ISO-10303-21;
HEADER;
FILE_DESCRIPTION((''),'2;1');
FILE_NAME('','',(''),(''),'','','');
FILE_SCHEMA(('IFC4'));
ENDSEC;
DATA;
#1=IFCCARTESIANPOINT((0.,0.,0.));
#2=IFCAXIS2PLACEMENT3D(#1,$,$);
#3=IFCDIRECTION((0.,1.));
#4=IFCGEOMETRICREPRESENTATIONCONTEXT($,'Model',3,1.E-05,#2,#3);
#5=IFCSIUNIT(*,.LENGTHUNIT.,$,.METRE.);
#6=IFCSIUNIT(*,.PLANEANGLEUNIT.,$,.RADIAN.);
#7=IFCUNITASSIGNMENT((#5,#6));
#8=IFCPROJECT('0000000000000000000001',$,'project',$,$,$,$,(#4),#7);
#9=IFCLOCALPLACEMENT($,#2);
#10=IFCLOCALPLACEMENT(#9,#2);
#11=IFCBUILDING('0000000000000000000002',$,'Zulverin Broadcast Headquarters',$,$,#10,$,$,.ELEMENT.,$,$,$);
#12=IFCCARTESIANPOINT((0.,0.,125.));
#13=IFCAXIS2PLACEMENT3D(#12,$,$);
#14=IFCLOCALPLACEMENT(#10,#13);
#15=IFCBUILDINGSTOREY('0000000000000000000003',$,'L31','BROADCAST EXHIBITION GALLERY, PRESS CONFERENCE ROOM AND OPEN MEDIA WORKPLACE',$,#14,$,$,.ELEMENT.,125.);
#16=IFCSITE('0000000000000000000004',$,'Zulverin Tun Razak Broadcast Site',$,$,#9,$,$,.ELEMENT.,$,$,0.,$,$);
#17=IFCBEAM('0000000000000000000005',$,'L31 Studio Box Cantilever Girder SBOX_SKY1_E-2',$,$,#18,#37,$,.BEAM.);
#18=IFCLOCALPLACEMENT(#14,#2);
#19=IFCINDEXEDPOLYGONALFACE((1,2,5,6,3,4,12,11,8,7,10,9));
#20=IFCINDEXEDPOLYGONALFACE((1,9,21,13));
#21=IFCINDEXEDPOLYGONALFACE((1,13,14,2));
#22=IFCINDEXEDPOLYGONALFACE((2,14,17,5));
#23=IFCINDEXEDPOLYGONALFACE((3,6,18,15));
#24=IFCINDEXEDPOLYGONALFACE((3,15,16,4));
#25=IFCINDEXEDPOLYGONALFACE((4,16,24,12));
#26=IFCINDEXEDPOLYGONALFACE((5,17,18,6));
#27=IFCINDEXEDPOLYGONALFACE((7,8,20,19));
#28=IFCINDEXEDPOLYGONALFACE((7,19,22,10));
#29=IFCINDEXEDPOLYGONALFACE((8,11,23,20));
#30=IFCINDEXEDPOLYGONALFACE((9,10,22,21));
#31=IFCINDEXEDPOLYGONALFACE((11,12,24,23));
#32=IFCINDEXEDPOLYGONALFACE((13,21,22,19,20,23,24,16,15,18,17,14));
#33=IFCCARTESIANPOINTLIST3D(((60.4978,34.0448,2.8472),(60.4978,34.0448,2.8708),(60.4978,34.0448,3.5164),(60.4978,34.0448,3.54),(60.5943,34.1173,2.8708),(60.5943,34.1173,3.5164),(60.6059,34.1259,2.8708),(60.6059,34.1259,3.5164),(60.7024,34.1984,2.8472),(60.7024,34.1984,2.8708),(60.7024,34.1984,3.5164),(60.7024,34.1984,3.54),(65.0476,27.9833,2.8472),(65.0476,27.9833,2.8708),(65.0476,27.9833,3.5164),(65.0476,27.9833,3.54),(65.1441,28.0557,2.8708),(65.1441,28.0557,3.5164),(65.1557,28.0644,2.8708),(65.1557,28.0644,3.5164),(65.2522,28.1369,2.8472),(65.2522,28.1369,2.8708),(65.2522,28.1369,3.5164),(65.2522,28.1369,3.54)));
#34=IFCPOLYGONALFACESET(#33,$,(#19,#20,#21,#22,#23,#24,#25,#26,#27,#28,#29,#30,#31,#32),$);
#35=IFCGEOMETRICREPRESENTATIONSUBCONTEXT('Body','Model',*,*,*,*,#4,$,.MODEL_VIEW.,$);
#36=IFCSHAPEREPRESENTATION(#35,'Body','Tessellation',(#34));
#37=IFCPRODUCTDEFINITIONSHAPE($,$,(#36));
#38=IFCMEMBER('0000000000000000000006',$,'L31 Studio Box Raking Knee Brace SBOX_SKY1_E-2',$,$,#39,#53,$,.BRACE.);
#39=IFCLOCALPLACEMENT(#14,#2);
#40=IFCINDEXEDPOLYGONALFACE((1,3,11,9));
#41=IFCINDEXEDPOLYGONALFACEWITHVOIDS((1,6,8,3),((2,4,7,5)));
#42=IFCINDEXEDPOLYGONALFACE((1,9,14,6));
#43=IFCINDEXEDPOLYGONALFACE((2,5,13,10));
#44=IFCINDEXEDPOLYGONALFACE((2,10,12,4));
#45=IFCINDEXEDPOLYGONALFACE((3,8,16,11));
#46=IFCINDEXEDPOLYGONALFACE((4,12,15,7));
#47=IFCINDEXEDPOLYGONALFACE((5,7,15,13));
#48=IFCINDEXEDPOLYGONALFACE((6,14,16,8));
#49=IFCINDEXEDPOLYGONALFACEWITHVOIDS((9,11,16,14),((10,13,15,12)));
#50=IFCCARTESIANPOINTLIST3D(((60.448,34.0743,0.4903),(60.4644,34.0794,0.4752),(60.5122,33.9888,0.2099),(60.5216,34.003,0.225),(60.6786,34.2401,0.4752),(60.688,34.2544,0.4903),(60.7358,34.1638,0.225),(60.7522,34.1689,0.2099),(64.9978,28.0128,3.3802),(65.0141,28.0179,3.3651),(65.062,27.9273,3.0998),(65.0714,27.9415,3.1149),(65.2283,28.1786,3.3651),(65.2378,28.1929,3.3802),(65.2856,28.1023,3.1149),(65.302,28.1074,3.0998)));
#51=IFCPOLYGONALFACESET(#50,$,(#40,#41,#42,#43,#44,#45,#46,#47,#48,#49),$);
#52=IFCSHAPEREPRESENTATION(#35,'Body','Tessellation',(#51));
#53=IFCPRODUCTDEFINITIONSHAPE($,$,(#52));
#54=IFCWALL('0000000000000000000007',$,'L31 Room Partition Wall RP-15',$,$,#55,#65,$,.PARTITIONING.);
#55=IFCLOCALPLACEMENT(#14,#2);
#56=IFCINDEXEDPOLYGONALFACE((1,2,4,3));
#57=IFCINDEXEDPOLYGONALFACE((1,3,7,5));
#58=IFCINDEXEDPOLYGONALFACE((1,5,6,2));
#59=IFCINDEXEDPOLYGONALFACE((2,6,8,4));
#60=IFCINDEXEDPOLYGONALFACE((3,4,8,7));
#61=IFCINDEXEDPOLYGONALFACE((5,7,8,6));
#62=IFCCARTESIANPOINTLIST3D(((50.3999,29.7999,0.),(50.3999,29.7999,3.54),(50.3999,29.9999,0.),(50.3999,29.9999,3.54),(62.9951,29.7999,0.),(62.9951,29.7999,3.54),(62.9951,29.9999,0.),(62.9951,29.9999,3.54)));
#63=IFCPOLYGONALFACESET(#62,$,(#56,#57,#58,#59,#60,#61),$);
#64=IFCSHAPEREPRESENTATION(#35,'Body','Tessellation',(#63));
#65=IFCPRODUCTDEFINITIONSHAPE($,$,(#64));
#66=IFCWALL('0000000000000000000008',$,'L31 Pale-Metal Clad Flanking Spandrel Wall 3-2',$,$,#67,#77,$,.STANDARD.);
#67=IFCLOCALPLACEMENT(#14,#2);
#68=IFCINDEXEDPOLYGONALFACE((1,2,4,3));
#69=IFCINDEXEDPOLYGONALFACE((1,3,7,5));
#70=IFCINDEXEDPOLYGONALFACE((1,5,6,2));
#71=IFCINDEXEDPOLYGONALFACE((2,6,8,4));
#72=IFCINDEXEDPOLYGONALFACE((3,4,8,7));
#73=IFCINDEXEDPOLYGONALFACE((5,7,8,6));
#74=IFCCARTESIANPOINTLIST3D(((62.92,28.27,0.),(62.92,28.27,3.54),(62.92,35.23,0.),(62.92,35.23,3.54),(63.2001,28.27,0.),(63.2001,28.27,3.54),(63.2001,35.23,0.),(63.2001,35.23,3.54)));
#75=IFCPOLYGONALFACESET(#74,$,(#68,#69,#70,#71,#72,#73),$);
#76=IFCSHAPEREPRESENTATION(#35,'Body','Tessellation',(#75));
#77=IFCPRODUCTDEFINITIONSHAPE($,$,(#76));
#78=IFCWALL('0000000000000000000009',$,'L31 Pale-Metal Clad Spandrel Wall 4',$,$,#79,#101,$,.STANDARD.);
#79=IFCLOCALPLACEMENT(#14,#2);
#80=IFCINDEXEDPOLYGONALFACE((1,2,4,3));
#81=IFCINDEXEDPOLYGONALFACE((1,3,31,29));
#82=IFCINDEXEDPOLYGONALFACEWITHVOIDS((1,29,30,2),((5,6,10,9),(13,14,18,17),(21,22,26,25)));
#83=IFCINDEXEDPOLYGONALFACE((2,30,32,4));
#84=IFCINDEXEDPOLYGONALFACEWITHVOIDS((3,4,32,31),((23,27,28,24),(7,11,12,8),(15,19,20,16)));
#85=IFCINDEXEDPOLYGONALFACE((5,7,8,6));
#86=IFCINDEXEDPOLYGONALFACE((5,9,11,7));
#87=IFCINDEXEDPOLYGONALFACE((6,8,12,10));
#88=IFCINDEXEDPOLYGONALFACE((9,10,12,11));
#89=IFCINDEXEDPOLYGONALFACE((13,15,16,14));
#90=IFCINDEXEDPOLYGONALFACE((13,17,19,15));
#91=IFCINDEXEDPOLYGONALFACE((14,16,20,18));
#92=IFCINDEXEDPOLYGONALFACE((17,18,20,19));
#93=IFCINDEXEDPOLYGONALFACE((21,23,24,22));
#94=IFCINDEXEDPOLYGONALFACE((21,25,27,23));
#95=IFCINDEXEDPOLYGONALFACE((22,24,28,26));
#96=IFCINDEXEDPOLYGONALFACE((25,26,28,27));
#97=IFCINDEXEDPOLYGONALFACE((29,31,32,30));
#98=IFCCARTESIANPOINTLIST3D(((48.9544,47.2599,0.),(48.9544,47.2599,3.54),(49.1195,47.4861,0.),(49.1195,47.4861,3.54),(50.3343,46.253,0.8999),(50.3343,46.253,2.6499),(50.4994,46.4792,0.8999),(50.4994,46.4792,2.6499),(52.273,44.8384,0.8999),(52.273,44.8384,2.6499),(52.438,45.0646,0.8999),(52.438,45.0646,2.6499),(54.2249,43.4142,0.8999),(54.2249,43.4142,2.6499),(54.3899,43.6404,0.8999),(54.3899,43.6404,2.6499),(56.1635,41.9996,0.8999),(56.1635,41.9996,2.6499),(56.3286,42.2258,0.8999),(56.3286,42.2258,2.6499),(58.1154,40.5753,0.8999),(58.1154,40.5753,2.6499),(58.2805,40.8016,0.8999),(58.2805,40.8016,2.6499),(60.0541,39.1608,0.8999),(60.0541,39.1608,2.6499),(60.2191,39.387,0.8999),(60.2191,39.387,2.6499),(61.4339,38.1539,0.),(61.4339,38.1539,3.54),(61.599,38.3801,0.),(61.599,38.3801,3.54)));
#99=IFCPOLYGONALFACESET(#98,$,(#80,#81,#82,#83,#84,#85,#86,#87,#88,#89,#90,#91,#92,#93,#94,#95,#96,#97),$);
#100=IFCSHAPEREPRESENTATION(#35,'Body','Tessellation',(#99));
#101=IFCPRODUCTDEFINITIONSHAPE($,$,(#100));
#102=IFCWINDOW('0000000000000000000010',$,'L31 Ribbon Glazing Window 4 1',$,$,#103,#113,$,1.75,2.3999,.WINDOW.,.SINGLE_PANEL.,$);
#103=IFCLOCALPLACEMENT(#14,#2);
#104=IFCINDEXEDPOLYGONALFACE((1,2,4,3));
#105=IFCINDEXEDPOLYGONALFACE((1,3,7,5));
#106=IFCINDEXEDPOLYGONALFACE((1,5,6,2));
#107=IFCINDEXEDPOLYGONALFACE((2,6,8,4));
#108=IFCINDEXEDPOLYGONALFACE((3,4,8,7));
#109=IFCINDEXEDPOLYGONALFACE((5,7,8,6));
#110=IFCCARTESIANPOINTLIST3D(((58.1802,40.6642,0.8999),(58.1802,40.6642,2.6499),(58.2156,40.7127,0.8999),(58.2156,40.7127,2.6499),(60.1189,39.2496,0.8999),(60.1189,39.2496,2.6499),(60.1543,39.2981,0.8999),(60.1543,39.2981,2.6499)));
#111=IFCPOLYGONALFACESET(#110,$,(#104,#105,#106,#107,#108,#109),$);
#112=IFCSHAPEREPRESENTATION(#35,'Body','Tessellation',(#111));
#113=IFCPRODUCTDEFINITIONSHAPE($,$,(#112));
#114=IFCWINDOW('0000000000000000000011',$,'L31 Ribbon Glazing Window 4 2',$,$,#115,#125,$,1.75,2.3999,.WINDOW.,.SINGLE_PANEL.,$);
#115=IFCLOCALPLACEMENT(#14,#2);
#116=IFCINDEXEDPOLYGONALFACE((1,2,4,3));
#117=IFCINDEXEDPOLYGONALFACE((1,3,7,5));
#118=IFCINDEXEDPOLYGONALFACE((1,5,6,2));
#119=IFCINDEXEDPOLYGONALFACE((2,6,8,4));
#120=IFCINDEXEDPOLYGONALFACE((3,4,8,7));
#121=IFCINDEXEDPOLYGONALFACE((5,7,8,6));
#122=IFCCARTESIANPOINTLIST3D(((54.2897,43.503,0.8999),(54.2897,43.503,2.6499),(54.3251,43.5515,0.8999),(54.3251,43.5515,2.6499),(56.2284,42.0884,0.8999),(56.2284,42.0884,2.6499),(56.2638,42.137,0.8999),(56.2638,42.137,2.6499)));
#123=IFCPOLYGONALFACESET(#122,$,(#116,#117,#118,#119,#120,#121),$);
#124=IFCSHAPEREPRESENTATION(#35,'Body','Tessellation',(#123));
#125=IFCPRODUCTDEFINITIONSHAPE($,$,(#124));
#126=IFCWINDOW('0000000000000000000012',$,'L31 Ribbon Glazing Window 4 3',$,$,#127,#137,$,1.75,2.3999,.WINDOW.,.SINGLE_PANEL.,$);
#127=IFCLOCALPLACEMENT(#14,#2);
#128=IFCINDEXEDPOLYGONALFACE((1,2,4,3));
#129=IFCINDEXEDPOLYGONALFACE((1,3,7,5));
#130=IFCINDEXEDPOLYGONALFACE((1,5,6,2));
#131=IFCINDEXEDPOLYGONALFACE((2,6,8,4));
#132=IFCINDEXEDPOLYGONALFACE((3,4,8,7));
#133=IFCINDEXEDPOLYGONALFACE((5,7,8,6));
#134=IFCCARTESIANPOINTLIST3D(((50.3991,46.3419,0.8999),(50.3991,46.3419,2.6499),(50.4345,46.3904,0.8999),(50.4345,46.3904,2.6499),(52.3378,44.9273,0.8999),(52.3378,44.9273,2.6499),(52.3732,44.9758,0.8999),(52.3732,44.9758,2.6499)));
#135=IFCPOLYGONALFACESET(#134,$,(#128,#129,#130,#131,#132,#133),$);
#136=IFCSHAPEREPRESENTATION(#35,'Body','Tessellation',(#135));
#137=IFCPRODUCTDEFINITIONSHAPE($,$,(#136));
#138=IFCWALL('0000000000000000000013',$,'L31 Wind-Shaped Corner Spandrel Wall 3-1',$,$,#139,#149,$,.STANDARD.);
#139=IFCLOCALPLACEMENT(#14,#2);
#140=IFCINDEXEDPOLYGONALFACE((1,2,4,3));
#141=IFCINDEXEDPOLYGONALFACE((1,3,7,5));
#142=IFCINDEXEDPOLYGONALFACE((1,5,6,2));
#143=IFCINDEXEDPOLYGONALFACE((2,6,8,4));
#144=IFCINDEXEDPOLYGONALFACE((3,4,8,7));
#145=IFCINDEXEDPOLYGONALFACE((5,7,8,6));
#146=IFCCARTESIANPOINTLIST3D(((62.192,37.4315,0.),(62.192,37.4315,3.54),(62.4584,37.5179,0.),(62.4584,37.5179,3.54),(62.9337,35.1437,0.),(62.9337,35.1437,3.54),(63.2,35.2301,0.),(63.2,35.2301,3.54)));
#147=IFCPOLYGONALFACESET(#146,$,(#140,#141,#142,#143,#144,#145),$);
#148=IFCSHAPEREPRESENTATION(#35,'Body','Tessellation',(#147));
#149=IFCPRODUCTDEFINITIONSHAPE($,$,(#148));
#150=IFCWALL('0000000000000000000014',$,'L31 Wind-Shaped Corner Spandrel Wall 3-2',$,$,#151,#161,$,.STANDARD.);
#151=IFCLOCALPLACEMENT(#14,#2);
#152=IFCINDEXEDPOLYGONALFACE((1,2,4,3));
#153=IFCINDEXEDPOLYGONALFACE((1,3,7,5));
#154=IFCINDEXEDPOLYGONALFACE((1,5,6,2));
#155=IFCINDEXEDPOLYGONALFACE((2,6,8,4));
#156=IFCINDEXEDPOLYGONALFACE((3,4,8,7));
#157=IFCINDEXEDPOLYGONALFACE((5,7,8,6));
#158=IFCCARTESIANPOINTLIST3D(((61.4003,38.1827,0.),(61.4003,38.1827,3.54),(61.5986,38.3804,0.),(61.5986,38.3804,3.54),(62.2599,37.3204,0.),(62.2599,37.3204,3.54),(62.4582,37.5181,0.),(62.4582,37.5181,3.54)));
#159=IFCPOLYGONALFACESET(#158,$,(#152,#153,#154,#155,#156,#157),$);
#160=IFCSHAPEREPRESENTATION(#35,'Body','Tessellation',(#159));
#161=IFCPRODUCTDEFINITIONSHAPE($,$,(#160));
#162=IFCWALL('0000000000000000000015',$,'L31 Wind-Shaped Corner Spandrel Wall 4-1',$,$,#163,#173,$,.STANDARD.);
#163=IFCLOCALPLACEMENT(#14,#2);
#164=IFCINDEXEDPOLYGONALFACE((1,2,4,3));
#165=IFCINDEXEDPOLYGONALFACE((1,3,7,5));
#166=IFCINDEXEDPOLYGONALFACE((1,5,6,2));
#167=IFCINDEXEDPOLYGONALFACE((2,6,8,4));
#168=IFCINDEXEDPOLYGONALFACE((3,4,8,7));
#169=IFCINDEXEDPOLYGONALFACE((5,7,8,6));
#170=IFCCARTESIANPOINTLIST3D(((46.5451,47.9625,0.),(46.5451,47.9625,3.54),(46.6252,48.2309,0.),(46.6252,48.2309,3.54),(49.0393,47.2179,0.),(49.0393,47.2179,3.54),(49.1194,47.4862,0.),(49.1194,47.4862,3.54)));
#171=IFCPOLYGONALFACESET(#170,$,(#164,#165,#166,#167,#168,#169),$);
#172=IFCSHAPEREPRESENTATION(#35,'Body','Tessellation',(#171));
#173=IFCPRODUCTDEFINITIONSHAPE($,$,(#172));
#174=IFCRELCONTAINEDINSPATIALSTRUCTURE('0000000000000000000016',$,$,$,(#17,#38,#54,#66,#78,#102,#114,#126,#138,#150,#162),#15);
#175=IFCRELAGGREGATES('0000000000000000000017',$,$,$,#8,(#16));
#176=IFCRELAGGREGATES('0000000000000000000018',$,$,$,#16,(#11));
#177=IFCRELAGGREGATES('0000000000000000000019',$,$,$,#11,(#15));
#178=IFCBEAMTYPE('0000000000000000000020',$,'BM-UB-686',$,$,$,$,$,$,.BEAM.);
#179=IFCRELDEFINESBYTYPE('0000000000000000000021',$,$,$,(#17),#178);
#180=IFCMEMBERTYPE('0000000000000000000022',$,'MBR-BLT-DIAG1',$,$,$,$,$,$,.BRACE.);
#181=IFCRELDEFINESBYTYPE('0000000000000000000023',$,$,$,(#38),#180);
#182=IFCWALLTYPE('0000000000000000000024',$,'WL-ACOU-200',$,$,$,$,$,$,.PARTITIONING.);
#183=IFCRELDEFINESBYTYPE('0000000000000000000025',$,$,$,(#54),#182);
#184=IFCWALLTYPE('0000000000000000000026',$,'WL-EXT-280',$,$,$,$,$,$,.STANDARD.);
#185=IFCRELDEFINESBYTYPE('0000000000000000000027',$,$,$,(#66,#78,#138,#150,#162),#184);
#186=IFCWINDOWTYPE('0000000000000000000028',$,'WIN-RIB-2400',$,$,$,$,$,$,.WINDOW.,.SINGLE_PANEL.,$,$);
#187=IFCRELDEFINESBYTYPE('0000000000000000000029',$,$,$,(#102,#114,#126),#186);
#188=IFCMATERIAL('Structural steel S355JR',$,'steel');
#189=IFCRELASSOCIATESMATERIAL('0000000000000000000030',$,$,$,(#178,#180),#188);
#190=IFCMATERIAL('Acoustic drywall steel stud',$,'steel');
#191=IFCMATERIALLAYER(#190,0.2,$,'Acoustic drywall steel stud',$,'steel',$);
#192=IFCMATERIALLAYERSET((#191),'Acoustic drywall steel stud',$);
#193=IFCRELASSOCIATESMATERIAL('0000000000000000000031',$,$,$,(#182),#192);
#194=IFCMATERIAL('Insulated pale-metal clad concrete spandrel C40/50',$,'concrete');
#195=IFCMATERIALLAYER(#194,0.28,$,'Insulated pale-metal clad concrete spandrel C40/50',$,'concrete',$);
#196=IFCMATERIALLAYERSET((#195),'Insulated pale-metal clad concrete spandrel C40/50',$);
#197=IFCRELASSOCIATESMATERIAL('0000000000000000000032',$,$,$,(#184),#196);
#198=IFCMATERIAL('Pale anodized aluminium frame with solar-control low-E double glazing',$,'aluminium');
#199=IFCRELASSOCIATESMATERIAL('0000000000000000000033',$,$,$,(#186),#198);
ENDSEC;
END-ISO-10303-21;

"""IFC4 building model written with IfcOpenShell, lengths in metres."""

from ifc_helpers import new_model, si_unit, direction, frame, frame_2d, origin, origin_2d, place, context, subcontext, project, spatial, rectangle, hollow_rectangle, i_section, extrude, material, layer, layer_set, material_profile, profile_set, type_object, element, fill, save


model = new_model("IFC4")

# Units and contexts
model_context = context("Model", 3, precision=1e-05, world=origin(), true_north=direction((0.0, 1.0)))
body_context = subcontext(model_context, "Body", "Model", "MODEL_VIEW")
ifc_project = project(units=[si_unit("LENGTHUNIT", "METRE"), si_unit("PLANEANGLEUNIT", "RADIAN")], contexts=[model_context])

# Site, building, storey
site_placement = place(None, origin())
site = spatial("IfcSite", under=ifc_project, at=site_placement, Name="Zulverin Tun Razak Broadcast Site", CompositionType="ELEMENT", RefElevation=0.0)
building_placement = place(site_placement, origin())
building = spatial("IfcBuilding", under=site, at=building_placement, Name="Zulverin Broadcast Headquarters", CompositionType="ELEMENT")
storey_placement = place(building_placement, frame((0.0, 0.0, 125.0)))
storey = spatial("IfcBuildingStorey", under=building, at=storey_placement, Name="L31", Description="BROADCAST EXHIBITION GALLERY, PRESS CONFERENCE ROOM AND OPEN MEDIA WORKPLACE", CompositionType="ELEMENT", Elevation=125.0)

# Beam
ifc_material_1 = material(Name="Structural steel S355JR", Category="steel")
ifc_material_profile_1 = material_profile(ifc_material_1, i_section(OverallWidth=0.2559, OverallDepth=0.6929, WebThickness=0.0144, FlangeThickness=0.0237, at=origin_2d()), Name="Structural steel S355JR", Category="steel")
ifc_profile_set_1 = profile_set([ifc_material_profile_1], Name="Structural steel S355JR")
beam_type_1 = type_object("IfcBeamType", Name="BM-UB-686", PredefinedType="BEAM", material=ifc_profile_set_1)
beam_1_placement = place(storey_placement, frame((60.6001, 34.1216, 3.1936), z_axis=(0.600309, -0.799768, 0.0), x_axis=(0.799768, 0.600309, 0.0)))
element("IfcBeam", 1, at=beam_1_placement, inside=storey, type_object=beam_type_1, Name="L31 Studio Box Cantilever Girder SBOX_SKY1_E-2", PredefinedType="BEAM", context=body_context, shape_type="SweptSolid", body=[
    extrude(i_section(OverallWidth=0.2559, OverallDepth=0.6929, WebThickness=0.0144, FlangeThickness=0.0237, at=origin_2d()), origin(), (0.0, 0.0, 1.0), 7.5791),
])

# Member
ifc_material_profile_2 = material_profile(ifc_material_1, hollow_rectangle(XDim=0.3, YDim=0.3, WallThickness=0.0161, at=origin_2d()), Name="Structural steel S355JR", Category="steel")
ifc_profile_set_2 = profile_set([ifc_material_profile_2], Name="Structural steel S355JR")
member_type = type_object("IfcMemberType", Name="MBR-BLT-DIAG1", PredefinedType="BRACE", material=ifc_profile_set_2)
member_placement = place(storey_placement, frame((60.6001, 34.1216, 0.3501), z_axis=(0.560917, -0.747288, 0.356277), x_axis=(0.799768, 0.600309, 0.0)))
element("IfcMember", 2, at=member_placement, inside=storey, type_object=member_type, Name="L31 Studio Box Raking Knee Brace SBOX_SKY1_E-2", PredefinedType="BRACE", context=body_context, shape_type="SweptSolid", body=[
    extrude(hollow_rectangle(XDim=0.3, YDim=0.3, WallThickness=0.0161, at=origin_2d()), origin(), (0.0, 0.0, 1.0), 8.1113),
])

# Walls
ifc_material_2 = material(Name="Acoustic drywall steel stud", Category="steel")
ifc_layer_1 = layer(ifc_material_2, 0.2, Name="Acoustic drywall steel stud", Category="steel")
ifc_layer_set_1 = layer_set([ifc_layer_1], Name="Acoustic drywall steel stud")
wall_type_1 = type_object("IfcWallType", Name="WL-ACOU-200", PredefinedType="PARTITIONING", material=ifc_layer_set_1)
wall_1_placement = place(storey_placement, frame((50.3999, 29.8999, 0.0), z_axis=(0.0, 0.0, 1.0), x_axis=(1.0, 0.0, 0.0)))
element("IfcWall", 3, at=wall_1_placement, inside=storey, type_object=wall_type_1, Name="L31 Room Partition Wall RP-15", PredefinedType="PARTITIONING", context=body_context, shape_type="SweptSolid", body=[
    extrude(rectangle(XDim=12.5952, YDim=0.2, at=frame_2d((6.2976, 0.0))), origin(), (0.0, 0.0, 1.0), 3.54),
])
ifc_material_3 = material(Name="Insulated pale-metal clad concrete spandrel C40/50", Category="concrete")
ifc_layer_2 = layer(ifc_material_3, 0.28, Name="Insulated pale-metal clad concrete spandrel C40/50", Category="concrete")
ifc_layer_set_2 = layer_set([ifc_layer_2], Name="Insulated pale-metal clad concrete spandrel C40/50")
wall_type_2 = type_object("IfcWallType", Name="WL-EXT-280", PredefinedType="STANDARD", material=ifc_layer_set_2)
wall_2_placement = place(storey_placement, frame((63.0601, 28.27, 0.0), z_axis=(0.0, 0.0, 1.0), x_axis=(0.0, 1.0, 0.0)))
element("IfcWall", 4, at=wall_2_placement, inside=storey, type_object=wall_type_2, Name="L31 Pale-Metal Clad Flanking Spandrel Wall 3-2", PredefinedType="STANDARD", context=body_context, shape_type="SweptSolid", body=[
    extrude(rectangle(XDim=6.96, YDim=0.28, at=frame_2d((3.48, 0.0))), origin(), (0.0, 0.0, 1.0), 3.54),
])

# Wall, openings, windows
wall_3_placement = place(storey_placement, frame((61.5164, 38.2671, 0.0), z_axis=(0.0, 0.0, 1.0), x_axis=(-0.807813, 0.58944, 0.0)))
wall_3 = element("IfcWall", 5, at=wall_3_placement, inside=storey, type_object=wall_type_2, Name="L31 Pale-Metal Clad Spandrel Wall 4", PredefinedType="STANDARD", context=body_context, shape_type="SweptSolid", body=[
    extrude(rectangle(XDim=15.4485, YDim=0.28, at=frame_2d((7.7241, 0.0))), origin(), (0.0, 0.0, 1.0), 3.54),
])
opening_1_placement = place(wall_3_placement, frame((1.708, 0.0, 0.8999)))
opening_1 = element("IfcOpeningElement", 6, at=opening_1_placement, cuts=wall_3, PredefinedType="OPENING", context=body_context, shape_type="SweptSolid", body=[
    extrude(rectangle(XDim=2.3999, YDim=1.75, at=frame_2d((1.2, 0.875))), frame((0.0, 0.1499, 0.0), z_axis=(0.0, -1.0, 0.0), x_axis=(1.0, 0.0, 0.0)), (0.0, 0.0, 1.0), 0.3),
])
opening_2_placement = place(wall_3_placement, frame((6.5242, 0.0, 0.8999)))
opening_2 = element("IfcOpeningElement", 7, at=opening_2_placement, cuts=wall_3, PredefinedType="OPENING", context=body_context, shape_type="SweptSolid", body=[
    extrude(rectangle(XDim=2.3999, YDim=1.75, at=frame_2d((1.2, 0.875))), frame((0.0, 0.1499, 0.0), z_axis=(0.0, -1.0, 0.0), x_axis=(1.0, 0.0, 0.0)), (0.0, 0.0, 1.0), 0.3),
])
opening_3_placement = place(wall_3_placement, frame((11.3403, 0.0, 0.8999)))
opening_3 = element("IfcOpeningElement", 8, at=opening_3_placement, cuts=wall_3, PredefinedType="OPENING", context=body_context, shape_type="SweptSolid", body=[
    extrude(rectangle(XDim=2.3999, YDim=1.75, at=frame_2d((1.2, 0.875))), frame((0.0, 0.1499, 0.0), z_axis=(0.0, -1.0, 0.0), x_axis=(1.0, 0.0, 0.0)), (0.0, 0.0, 1.0), 0.3),
])
ifc_material_4 = material(Name="Pale anodized aluminium frame with solar-control low-E double glazing", Category="aluminium")
window_type = type_object("IfcWindowType", Name="WIN-RIB-2400", PartitioningType="SINGLE_PANEL", PredefinedType="WINDOW", material=ifc_material_4)
window_1_placement = place(opening_1_placement, origin())
window_1 = element("IfcWindow", 9, at=window_1_placement, inside=storey, type_object=window_type, Name="L31 Ribbon Glazing Window 4 1", OverallHeight=1.75, OverallWidth=2.3999, PartitioningType="SINGLE_PANEL", PredefinedType="WINDOW", context=body_context, shape_type="SweptSolid", body=[
    extrude(rectangle(XDim=2.3999, YDim=1.75, at=frame_2d((1.2, 0.875))), frame((0.0, 0.03, 0.0), z_axis=(0.0, -1.0, 0.0), x_axis=(1.0, 0.0, 0.0)), (0.0, 0.0, 1.0), 0.0601),
])
fill(opening_1, window_1)
window_2_placement = place(opening_2_placement, origin())
window_2 = element("IfcWindow", 10, at=window_2_placement, inside=storey, type_object=window_type, Name="L31 Ribbon Glazing Window 4 2", OverallHeight=1.75, OverallWidth=2.3999, PartitioningType="SINGLE_PANEL", PredefinedType="WINDOW", context=body_context, shape_type="SweptSolid", body=[
    extrude(rectangle(XDim=2.3999, YDim=1.75, at=frame_2d((1.2, 0.875))), frame((0.0, 0.03, 0.0), z_axis=(0.0, -1.0, 0.0), x_axis=(1.0, 0.0, 0.0)), (0.0, 0.0, 1.0), 0.0601),
])
fill(opening_2, window_2)
window_3_placement = place(opening_3_placement, origin())
window_3 = element("IfcWindow", 11, at=window_3_placement, inside=storey, type_object=window_type, Name="L31 Ribbon Glazing Window 4 3", OverallHeight=1.75, OverallWidth=2.3999, PartitioningType="SINGLE_PANEL", PredefinedType="WINDOW", context=body_context, shape_type="SweptSolid", body=[
    extrude(rectangle(XDim=2.3999, YDim=1.75, at=frame_2d((1.2, 0.875))), frame((0.0, 0.03, 0.0), z_axis=(0.0, -1.0, 0.0), x_axis=(1.0, 0.0, 0.0)), (0.0, 0.0, 1.0), 0.0601),
])
fill(opening_3, window_3)

# Walls
wall_4_placement = place(storey_placement, frame((63.0669, 35.1868, 0.0), z_axis=(0.0, 0.0, 1.0), x_axis=(-0.308391, 0.95126, 0.0)))
element("IfcWall", 12, at=wall_4_placement, inside=storey, type_object=wall_type_2, Name="L31 Wind-Shaped Corner Spandrel Wall 3-1", PredefinedType="STANDARD", context=body_context, shape_type="SweptSolid", body=[
    extrude(rectangle(XDim=2.405, YDim=0.28, at=frame_2d((1.2026, 0.0))), origin(), (0.0, 0.0, 1.0), 3.54),
])
wall_5_placement = place(storey_placement, frame((62.3591, 37.4192, 0.0), z_axis=(0.0, 0.0, 1.0), x_axis=(-0.706003, 0.708209, 0.0)))
element("IfcWall", 13, at=wall_5_placement, inside=storey, type_object=wall_type_2, Name="L31 Wind-Shaped Corner Spandrel Wall 3-2", PredefinedType="STANDARD", context=body_context, shape_type="SweptSolid", body=[
    extrude(rectangle(XDim=1.2175, YDim=0.28, at=frame_2d((0.6089, 0.0))), origin(), (0.0, 0.0, 1.0), 3.54),
])
wall_6_placement = place(storey_placement, frame((49.0793, 47.3521, 0.0), z_axis=(0.0, 0.0, 1.0), x_axis=(-0.958208, 0.286074, 0.0)))
element("IfcWall", 14, at=wall_6_placement, inside=storey, type_object=wall_type_2, Name="L31 Wind-Shaped Corner Spandrel Wall 4-1", PredefinedType="STANDARD", context=body_context, shape_type="SweptSolid", body=[
    extrude(rectangle(XDim=2.603, YDim=0.28, at=frame_2d((1.3015, 0.0))), origin(), (0.0, 0.0, 1.0), 3.54),
])

save(model, "model.ifc")
